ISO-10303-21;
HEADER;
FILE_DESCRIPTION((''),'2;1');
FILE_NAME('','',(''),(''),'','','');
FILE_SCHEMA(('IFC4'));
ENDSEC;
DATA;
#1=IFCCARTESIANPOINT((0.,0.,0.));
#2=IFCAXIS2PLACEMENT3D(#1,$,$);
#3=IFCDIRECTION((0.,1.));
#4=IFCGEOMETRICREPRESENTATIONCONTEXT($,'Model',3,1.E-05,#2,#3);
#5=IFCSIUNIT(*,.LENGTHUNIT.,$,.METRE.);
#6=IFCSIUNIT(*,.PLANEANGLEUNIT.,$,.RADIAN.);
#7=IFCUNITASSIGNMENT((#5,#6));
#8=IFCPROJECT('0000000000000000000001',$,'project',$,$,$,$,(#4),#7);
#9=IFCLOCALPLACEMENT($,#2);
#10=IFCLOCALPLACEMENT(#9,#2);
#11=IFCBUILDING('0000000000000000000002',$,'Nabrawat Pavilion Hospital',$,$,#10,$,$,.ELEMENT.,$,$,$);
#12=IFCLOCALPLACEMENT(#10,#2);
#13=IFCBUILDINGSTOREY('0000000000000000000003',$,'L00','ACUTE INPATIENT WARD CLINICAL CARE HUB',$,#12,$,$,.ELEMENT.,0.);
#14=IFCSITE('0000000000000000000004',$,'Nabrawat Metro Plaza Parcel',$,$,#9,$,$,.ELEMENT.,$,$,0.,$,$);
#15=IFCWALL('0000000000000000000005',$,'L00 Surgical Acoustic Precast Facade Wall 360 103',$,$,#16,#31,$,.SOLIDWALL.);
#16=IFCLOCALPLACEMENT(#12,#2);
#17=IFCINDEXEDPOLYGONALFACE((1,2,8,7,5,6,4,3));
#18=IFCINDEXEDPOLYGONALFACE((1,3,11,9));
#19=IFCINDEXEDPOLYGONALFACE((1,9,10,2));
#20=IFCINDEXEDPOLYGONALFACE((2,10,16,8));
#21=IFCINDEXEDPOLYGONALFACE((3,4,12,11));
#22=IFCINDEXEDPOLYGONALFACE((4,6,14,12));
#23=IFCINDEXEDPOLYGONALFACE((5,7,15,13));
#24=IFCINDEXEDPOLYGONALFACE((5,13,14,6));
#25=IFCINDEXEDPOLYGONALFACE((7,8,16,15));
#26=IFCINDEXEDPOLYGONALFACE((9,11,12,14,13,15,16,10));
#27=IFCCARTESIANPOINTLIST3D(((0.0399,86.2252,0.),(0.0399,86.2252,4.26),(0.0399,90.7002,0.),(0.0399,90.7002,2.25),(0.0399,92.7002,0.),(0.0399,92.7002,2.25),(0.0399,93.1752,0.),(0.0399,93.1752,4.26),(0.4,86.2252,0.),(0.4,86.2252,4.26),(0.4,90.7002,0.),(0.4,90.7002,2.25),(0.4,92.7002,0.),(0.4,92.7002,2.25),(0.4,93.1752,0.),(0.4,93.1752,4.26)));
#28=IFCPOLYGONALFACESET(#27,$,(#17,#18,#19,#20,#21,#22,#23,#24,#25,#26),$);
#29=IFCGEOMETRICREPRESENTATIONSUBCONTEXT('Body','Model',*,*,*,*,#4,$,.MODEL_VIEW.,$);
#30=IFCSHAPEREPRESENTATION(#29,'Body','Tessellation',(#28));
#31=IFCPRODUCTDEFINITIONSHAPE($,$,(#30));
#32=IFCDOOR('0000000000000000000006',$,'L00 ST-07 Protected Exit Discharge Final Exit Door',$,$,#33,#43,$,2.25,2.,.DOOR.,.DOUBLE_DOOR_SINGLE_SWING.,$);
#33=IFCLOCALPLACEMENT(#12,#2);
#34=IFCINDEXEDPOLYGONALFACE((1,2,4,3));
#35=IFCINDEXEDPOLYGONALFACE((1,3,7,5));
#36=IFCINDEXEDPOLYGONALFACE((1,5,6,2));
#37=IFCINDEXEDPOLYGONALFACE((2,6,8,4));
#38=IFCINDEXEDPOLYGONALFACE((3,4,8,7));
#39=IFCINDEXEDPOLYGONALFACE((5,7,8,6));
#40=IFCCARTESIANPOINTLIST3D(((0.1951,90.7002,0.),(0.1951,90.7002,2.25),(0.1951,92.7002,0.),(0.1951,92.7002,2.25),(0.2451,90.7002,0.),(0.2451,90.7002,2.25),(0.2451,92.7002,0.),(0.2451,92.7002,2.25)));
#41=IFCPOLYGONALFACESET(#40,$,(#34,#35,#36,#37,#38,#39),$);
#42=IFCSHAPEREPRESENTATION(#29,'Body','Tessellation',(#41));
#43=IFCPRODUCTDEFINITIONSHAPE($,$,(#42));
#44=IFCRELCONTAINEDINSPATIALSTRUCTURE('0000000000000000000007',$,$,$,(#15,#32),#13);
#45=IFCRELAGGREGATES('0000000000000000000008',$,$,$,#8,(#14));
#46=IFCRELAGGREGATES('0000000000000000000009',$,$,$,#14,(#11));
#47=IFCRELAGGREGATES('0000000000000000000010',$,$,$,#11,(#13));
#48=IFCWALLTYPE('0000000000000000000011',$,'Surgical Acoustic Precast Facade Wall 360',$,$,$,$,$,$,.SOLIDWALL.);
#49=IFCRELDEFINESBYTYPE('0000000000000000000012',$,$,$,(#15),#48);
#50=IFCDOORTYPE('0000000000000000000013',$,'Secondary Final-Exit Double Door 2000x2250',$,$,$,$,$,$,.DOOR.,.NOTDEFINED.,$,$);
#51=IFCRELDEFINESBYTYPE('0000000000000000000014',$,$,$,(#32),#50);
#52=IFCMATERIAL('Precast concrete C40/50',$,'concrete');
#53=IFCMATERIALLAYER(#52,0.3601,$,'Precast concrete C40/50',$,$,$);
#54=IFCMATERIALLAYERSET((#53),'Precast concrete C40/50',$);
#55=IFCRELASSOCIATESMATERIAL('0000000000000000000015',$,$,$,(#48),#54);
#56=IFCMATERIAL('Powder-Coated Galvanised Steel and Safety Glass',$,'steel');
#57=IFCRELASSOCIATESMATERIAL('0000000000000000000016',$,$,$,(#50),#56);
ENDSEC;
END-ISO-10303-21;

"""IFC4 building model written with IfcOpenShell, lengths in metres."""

from ifc_helpers import new_model, si_unit, direction, frame, frame_2d, origin, place, context, subcontext, project, spatial, rectangle, extrude, material, layer, layer_set, type_object, element, fill, save


model = new_model("IFC4")

# Units and contexts
model_context = context("Model", 3, precision=1e-05, world=origin(), true_north=direction((0.0, 1.0)))
body_context = subcontext(model_context, "Body", "Model", "MODEL_VIEW")
ifc_project = project(units=[si_unit("LENGTHUNIT", "METRE"), si_unit("PLANEANGLEUNIT", "RADIAN")], contexts=[model_context])

# Site, building, storey
site_placement = place(None, origin())
site = spatial("IfcSite", under=ifc_project, at=site_placement, Name="Nabrawat Metro Plaza Parcel", CompositionType="ELEMENT", RefElevation=0.0)
building_placement = place(site_placement, origin())
building = spatial("IfcBuilding", under=site, at=building_placement, Name="Nabrawat Pavilion Hospital", CompositionType="ELEMENT")
storey_placement = place(building_placement, origin())
storey = spatial("IfcBuildingStorey", under=building, at=storey_placement, Name="L00", Description="ACUTE INPATIENT WARD CLINICAL CARE HUB", CompositionType="ELEMENT", Elevation=0.0)

# Shared definitions
ifc_material_1 = material(Name="Precast concrete C40/50", Category="concrete")
ifc_layer_1 = layer(ifc_material_1, 0.3601, Name="Precast concrete C40/50")
ifc_layer_set_1 = layer_set([ifc_layer_1], Name="Precast concrete C40/50")
wall_type_1 = type_object("IfcWallType", Name="Surgical Acoustic Precast Facade Wall 360", PredefinedType="SOLIDWALL", material=ifc_layer_set_1)
ifc_material_2 = material(Name="Powder-Coated Galvanised Steel and Safety Glass", Category="steel")

# Wall, opening, door
wall_1_placement = place(storey_placement, frame((0.22, 86.2251, 0.0), z_axis=(0.0, 0.0, 1.0), x_axis=(0.0, 1.0, 0.0)))
wall_1 = element("IfcWall", 1, at=wall_1_placement, inside=storey, type_object=wall_type_1, Name="L00 Surgical Acoustic Precast Facade Wall 360 103", PredefinedType="SOLIDWALL", context=body_context, shape_type="SweptSolid", body=[
    extrude(rectangle(XDim=6.95, YDim=0.3601, at=frame_2d((3.4751, 0.0))), origin(), (0.0, 0.0, 1.0), 4.26),
])
opening_1_placement = place(wall_1_placement, frame((4.4751, 0.0, 0.0)))
opening_1 = element("IfcOpeningElement", 2, at=opening_1_placement, cuts=wall_1, PredefinedType="OPENING", context=body_context, shape_type="SweptSolid", body=[
    extrude(rectangle(XDim=2.0, YDim=2.25, at=frame_2d((1.0, 1.125))), frame((0.0, 0.1899, 0.0), z_axis=(0.0, -1.0, 0.0), x_axis=(1.0, 0.0, 0.0)), (0.0, 0.0, 1.0), 0.3801),
])
door_type_1 = type_object("IfcDoorType", Name="Secondary Final-Exit Double Door 2000x2250", OperationType="NOTDEFINED", PredefinedType="DOOR", material=ifc_material_2)
door_1_placement = place(opening_1_placement, origin())
door_1 = element("IfcDoor", 3, at=door_1_placement, inside=storey, type_object=door_type_1, Name="L00 ST-07 Protected Exit Discharge Final Exit Door", OperationType="DOUBLE_DOOR_SINGLE_SWING", OverallHeight=2.25, OverallWidth=2.0, PredefinedType="DOOR", context=body_context, shape_type="SweptSolid", body=[
    extrude(rectangle(XDim=2.0, YDim=2.25, at=frame_2d((1.0, 1.125))), frame((0.0, 0.0249, 0.0), z_axis=(0.0, -1.0, 0.0), x_axis=(1.0, 0.0, 0.0)), (0.0, 0.0, 1.0), 0.05),
])
fill(opening_1, door_1)

save(model, "model.ifc")
